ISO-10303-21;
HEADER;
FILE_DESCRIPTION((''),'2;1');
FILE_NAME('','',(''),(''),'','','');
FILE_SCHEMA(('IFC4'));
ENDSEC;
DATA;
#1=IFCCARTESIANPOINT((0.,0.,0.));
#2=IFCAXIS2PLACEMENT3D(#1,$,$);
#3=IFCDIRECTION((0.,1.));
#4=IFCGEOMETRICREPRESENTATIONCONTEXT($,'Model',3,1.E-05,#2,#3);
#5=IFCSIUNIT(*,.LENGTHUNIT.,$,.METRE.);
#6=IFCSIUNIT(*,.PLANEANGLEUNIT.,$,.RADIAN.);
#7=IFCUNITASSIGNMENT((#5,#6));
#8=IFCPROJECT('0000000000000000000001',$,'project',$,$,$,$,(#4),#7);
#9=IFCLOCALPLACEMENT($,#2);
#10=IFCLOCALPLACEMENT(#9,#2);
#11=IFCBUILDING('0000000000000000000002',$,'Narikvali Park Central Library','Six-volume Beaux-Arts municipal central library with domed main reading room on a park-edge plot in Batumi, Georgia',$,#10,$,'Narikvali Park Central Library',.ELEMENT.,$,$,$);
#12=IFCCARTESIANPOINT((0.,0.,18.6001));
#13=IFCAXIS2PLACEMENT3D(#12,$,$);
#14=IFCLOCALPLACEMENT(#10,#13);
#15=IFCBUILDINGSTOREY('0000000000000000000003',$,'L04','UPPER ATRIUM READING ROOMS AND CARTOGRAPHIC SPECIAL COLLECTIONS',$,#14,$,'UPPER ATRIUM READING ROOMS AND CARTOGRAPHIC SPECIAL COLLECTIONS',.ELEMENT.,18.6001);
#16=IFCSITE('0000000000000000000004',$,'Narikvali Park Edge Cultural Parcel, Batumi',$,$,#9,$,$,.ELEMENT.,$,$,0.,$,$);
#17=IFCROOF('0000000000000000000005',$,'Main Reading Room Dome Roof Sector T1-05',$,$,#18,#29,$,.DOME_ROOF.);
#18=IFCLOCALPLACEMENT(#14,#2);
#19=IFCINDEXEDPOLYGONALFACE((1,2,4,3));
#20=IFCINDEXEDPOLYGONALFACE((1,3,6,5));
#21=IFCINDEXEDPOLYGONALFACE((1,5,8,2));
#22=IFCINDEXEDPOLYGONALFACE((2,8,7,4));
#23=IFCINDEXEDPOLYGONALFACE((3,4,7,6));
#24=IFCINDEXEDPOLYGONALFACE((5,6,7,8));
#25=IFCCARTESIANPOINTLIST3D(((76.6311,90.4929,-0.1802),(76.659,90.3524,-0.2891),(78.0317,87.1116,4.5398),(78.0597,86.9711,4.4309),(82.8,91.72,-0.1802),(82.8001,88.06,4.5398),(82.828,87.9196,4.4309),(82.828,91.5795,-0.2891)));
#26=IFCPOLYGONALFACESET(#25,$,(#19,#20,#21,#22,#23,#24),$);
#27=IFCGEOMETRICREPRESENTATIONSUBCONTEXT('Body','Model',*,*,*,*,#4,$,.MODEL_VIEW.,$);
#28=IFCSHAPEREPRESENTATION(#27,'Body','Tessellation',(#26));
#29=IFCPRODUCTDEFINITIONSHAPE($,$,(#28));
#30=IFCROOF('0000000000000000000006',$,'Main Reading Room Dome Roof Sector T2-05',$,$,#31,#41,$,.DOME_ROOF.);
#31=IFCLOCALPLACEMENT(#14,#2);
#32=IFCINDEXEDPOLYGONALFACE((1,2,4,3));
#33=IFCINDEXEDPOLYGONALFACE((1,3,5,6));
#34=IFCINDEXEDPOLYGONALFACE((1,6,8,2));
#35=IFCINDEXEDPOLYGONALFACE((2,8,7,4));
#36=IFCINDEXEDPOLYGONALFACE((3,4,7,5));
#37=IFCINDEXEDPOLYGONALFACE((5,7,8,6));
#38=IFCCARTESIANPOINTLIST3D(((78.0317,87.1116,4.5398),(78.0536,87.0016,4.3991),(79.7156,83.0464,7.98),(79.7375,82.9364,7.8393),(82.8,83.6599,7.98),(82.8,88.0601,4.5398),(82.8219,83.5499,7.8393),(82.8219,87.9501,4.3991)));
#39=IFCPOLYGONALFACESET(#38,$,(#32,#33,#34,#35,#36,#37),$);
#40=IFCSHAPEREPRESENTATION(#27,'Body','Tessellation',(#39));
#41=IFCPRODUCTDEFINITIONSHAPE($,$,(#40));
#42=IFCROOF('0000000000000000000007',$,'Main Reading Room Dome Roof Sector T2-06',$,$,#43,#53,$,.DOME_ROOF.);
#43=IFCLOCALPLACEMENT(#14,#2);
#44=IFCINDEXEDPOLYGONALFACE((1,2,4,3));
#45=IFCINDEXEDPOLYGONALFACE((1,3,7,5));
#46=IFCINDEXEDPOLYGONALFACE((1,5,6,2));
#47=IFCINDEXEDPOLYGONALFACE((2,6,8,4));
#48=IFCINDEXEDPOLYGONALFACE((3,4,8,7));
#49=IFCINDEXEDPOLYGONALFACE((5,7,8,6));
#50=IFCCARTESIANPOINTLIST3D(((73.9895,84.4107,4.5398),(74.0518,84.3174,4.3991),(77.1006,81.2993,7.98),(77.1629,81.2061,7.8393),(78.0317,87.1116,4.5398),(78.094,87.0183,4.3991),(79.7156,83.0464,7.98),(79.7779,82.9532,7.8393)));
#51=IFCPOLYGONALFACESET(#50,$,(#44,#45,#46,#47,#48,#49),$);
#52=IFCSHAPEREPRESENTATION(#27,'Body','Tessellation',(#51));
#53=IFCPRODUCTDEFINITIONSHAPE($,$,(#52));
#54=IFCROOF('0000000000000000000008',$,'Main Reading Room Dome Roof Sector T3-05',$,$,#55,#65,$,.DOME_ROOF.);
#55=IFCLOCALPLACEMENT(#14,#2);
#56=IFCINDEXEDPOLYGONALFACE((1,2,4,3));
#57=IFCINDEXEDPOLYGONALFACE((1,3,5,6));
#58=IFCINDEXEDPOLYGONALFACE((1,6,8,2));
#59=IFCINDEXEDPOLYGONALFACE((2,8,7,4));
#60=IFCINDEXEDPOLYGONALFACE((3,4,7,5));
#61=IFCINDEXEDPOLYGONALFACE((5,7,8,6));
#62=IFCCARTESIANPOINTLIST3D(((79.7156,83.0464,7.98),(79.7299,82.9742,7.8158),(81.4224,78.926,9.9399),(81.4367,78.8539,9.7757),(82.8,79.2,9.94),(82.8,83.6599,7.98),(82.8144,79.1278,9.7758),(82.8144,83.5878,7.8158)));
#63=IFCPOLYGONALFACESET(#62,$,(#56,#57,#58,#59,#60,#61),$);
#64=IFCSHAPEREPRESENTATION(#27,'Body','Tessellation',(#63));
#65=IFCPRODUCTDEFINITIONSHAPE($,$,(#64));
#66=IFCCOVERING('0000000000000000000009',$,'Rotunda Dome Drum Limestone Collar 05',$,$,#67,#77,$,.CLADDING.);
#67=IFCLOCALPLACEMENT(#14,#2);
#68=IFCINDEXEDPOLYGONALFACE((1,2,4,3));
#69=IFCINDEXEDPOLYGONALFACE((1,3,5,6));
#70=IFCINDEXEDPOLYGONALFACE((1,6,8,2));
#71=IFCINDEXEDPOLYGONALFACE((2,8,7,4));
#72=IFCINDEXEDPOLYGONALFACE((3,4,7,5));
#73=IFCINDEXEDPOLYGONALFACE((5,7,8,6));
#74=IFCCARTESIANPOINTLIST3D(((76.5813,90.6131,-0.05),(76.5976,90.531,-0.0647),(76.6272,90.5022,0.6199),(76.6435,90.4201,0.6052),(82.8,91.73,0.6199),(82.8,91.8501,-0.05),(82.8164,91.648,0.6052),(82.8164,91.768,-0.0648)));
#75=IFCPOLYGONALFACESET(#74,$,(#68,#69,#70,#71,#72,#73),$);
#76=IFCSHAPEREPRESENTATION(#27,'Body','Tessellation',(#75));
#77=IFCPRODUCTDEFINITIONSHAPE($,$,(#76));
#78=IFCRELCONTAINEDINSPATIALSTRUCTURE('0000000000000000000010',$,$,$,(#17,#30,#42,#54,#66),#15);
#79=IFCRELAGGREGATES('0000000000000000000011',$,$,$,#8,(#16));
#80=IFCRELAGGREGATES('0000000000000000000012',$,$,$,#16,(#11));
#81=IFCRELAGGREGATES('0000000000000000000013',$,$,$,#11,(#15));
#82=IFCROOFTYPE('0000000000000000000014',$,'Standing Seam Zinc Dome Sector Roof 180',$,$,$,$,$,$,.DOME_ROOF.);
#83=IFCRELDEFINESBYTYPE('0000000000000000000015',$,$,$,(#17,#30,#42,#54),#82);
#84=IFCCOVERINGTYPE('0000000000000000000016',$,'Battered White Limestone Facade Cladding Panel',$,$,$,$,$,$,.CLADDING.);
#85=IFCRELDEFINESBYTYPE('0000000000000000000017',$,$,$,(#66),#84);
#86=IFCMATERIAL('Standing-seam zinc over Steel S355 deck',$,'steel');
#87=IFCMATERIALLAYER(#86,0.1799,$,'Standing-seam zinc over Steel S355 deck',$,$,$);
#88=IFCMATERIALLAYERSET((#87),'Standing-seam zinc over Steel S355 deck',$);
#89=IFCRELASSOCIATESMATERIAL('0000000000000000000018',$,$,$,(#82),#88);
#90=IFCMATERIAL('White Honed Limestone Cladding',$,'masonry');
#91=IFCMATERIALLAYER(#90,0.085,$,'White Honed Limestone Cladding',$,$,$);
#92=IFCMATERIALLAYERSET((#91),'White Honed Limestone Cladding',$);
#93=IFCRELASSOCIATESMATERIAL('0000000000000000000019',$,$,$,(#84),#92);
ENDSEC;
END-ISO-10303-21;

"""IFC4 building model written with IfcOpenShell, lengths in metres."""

from ifc_helpers import new_model, si_unit, direction, frame, origin, place, context, subcontext, project, spatial, polyline, outline, extrude, material, layer, layer_set, type_object, element, save


model = new_model("IFC4")

# Units and contexts
model_context = context("Model", 3, precision=1e-05, world=origin(), true_north=direction((0.0, 1.0)))
body_context = subcontext(model_context, "Body", "Model", "MODEL_VIEW")
ifc_project = project(units=[si_unit("LENGTHUNIT", "METRE"), si_unit("PLANEANGLEUNIT", "RADIAN")], contexts=[model_context])

# Site, building, storey
site_placement = place(None, origin())
site = spatial("IfcSite", under=ifc_project, at=site_placement, Name="Narikvali Park Edge Cultural Parcel, Batumi", CompositionType="ELEMENT", RefElevation=0.0)
building_placement = place(site_placement, origin())
building = spatial("IfcBuilding", under=site, at=building_placement, Name="Narikvali Park Central Library", Description="Six-volume Beaux-Arts municipal central library with domed main reading room on a park-edge plot in Batumi, Georgia", LongName="Narikvali Park Central Library", CompositionType="ELEMENT")
storey_placement = place(building_placement, frame((0.0, 0.0, 18.6001)))
storey = spatial("IfcBuildingStorey", under=building, at=storey_placement, Name="L04", Description="UPPER ATRIUM READING ROOMS AND CARTOGRAPHIC SPECIAL COLLECTIONS", LongName="UPPER ATRIUM READING ROOMS AND CARTOGRAPHIC SPECIAL COLLECTIONS", CompositionType="ELEMENT", Elevation=18.6001)

# Roofs
ifc_material_1 = material(Name="Standing-seam zinc over Steel S355 deck", Category="steel")
ifc_layer_1 = layer(ifc_material_1, 0.1799, Name="Standing-seam zinc over Steel S355 deck")
ifc_layer_set_1 = layer_set([ifc_layer_1], Name="Standing-seam zinc over Steel S355 deck")
roof_type = type_object("IfcRoofType", Name="Standing Seam Zinc Dome Sector Roof 180", PredefinedType="DOME_ROOF", material=ifc_layer_set_1)
roof_1_placement = place(storey_placement, frame((82.8, 91.72, -0.1802), z_axis=(-0.155284, 0.780671, 0.605343), x_axis=(-0.980786, -0.195088, -0.000001)))
element("IfcRoof", 1, at=roof_1_placement, inside=storey, type_object=roof_type, Name="Main Reading Room Dome Roof Sector T1-05", PredefinedType="DOME_ROOF", context=body_context, shape_type="SweptSolid", body=[
    extrude(outline(polyline([(0.0, 0.0), (6.2898, 0.0), (5.5757, 5.9299), (0.714, 5.9299), (0.0, 0.0)])), origin(), (0.0, 0.0, -1.0), 0.1799),
])
roof_2_placement = place(storey_placement, frame((82.8, 88.0601, 4.5398), z_axis=(-0.121607, 0.61136, 0.781953), x_axis=(-0.980785, -0.195091, 0.000001)))
element("IfcRoof", 2, at=roof_2_placement, inside=storey, type_object=roof_type, Name="Main Reading Room Dome Roof Sector T2-05", PredefinedType="DOME_ROOF", context=body_context, shape_type="SweptSolid", body=[
    extrude(outline(polyline([(0.0, 0.0), (4.8617, 0.0), (4.0033, 5.519), (0.8584, 5.519), (0.0, 0.0)])), origin(), (0.0, 0.0, -1.0), 0.1799),
])
roof_3_placement = place(storey_placement, frame((78.0317, 87.1116, 4.5398), z_axis=(-0.346301, 0.518301, 0.781946), x_axis=(-0.831475, -0.555562, 0.00001)))
element("IfcRoof", 3, at=roof_3_placement, inside=storey, type_object=roof_type, Name="Main Reading Room Dome Roof Sector T2-06", PredefinedType="DOME_ROOF", context=body_context, shape_type="SweptSolid", body=[
    extrude(outline(polyline([(0.0, 0.0), (4.8616, 0.0), (4.0033, 5.5188), (0.8584, 5.519), (0.0, 0.0)])), origin(), (0.0, 0.0, -1.0), 0.1799),
])
roof_4_placement = place(storey_placement, frame((82.8, 83.6599, 7.98), z_axis=(-0.079762, 0.401046, 0.912579), x_axis=(-0.980787, -0.195082, 0.000009)))
element("IfcRoof", 4, at=roof_4_placement, inside=storey, type_object=roof_type, Name="Main Reading Room Dome Roof Sector T3-05", PredefinedType="DOME_ROOF", context=body_context, shape_type="SweptSolid", body=[
    extrude(outline(polyline([(0.0, 0.0), (3.1449, 0.0), (2.2747, 4.7932), (0.8701, 4.7933), (0.0, 0.0)])), origin(), (0.0, 0.0, -1.0), 0.1799),
])

# Covering
ifc_material_2 = material(Name="White Honed Limestone Cladding", Category="masonry")
ifc_layer_2 = layer(ifc_material_2, 0.085, Name="White Honed Limestone Cladding")
ifc_layer_set_2 = layer_set([ifc_layer_2], Name="White Honed Limestone Cladding")
covering_type = type_object("IfcCoveringType", Name="Battered White Limestone Facade Cladding Panel", PredefinedType="CLADDING", material=ifc_layer_set_2)
covering_placement = place(storey_placement, frame((82.8, 91.8501, -0.05), z_axis=(-0.192146, 0.965981, 0.173094), x_axis=(-0.980785, -0.195091, 0.000002)))
element("IfcCovering", 5, at=covering_placement, inside=storey, type_object=covering_type, Name="Rotunda Dome Drum Limestone Collar 05", PredefinedType="CLADDING", context=body_context, shape_type="SweptSolid", body=[
    extrude(outline(polyline([(0.0, 0.0), (6.3406, 0.0), (6.3172, 0.6802), (0.0234, 0.6802), (0.0, 0.0)])), origin(), (0.0, 0.0, -1.0), 0.085),
])

save(model, "model.ifc")
